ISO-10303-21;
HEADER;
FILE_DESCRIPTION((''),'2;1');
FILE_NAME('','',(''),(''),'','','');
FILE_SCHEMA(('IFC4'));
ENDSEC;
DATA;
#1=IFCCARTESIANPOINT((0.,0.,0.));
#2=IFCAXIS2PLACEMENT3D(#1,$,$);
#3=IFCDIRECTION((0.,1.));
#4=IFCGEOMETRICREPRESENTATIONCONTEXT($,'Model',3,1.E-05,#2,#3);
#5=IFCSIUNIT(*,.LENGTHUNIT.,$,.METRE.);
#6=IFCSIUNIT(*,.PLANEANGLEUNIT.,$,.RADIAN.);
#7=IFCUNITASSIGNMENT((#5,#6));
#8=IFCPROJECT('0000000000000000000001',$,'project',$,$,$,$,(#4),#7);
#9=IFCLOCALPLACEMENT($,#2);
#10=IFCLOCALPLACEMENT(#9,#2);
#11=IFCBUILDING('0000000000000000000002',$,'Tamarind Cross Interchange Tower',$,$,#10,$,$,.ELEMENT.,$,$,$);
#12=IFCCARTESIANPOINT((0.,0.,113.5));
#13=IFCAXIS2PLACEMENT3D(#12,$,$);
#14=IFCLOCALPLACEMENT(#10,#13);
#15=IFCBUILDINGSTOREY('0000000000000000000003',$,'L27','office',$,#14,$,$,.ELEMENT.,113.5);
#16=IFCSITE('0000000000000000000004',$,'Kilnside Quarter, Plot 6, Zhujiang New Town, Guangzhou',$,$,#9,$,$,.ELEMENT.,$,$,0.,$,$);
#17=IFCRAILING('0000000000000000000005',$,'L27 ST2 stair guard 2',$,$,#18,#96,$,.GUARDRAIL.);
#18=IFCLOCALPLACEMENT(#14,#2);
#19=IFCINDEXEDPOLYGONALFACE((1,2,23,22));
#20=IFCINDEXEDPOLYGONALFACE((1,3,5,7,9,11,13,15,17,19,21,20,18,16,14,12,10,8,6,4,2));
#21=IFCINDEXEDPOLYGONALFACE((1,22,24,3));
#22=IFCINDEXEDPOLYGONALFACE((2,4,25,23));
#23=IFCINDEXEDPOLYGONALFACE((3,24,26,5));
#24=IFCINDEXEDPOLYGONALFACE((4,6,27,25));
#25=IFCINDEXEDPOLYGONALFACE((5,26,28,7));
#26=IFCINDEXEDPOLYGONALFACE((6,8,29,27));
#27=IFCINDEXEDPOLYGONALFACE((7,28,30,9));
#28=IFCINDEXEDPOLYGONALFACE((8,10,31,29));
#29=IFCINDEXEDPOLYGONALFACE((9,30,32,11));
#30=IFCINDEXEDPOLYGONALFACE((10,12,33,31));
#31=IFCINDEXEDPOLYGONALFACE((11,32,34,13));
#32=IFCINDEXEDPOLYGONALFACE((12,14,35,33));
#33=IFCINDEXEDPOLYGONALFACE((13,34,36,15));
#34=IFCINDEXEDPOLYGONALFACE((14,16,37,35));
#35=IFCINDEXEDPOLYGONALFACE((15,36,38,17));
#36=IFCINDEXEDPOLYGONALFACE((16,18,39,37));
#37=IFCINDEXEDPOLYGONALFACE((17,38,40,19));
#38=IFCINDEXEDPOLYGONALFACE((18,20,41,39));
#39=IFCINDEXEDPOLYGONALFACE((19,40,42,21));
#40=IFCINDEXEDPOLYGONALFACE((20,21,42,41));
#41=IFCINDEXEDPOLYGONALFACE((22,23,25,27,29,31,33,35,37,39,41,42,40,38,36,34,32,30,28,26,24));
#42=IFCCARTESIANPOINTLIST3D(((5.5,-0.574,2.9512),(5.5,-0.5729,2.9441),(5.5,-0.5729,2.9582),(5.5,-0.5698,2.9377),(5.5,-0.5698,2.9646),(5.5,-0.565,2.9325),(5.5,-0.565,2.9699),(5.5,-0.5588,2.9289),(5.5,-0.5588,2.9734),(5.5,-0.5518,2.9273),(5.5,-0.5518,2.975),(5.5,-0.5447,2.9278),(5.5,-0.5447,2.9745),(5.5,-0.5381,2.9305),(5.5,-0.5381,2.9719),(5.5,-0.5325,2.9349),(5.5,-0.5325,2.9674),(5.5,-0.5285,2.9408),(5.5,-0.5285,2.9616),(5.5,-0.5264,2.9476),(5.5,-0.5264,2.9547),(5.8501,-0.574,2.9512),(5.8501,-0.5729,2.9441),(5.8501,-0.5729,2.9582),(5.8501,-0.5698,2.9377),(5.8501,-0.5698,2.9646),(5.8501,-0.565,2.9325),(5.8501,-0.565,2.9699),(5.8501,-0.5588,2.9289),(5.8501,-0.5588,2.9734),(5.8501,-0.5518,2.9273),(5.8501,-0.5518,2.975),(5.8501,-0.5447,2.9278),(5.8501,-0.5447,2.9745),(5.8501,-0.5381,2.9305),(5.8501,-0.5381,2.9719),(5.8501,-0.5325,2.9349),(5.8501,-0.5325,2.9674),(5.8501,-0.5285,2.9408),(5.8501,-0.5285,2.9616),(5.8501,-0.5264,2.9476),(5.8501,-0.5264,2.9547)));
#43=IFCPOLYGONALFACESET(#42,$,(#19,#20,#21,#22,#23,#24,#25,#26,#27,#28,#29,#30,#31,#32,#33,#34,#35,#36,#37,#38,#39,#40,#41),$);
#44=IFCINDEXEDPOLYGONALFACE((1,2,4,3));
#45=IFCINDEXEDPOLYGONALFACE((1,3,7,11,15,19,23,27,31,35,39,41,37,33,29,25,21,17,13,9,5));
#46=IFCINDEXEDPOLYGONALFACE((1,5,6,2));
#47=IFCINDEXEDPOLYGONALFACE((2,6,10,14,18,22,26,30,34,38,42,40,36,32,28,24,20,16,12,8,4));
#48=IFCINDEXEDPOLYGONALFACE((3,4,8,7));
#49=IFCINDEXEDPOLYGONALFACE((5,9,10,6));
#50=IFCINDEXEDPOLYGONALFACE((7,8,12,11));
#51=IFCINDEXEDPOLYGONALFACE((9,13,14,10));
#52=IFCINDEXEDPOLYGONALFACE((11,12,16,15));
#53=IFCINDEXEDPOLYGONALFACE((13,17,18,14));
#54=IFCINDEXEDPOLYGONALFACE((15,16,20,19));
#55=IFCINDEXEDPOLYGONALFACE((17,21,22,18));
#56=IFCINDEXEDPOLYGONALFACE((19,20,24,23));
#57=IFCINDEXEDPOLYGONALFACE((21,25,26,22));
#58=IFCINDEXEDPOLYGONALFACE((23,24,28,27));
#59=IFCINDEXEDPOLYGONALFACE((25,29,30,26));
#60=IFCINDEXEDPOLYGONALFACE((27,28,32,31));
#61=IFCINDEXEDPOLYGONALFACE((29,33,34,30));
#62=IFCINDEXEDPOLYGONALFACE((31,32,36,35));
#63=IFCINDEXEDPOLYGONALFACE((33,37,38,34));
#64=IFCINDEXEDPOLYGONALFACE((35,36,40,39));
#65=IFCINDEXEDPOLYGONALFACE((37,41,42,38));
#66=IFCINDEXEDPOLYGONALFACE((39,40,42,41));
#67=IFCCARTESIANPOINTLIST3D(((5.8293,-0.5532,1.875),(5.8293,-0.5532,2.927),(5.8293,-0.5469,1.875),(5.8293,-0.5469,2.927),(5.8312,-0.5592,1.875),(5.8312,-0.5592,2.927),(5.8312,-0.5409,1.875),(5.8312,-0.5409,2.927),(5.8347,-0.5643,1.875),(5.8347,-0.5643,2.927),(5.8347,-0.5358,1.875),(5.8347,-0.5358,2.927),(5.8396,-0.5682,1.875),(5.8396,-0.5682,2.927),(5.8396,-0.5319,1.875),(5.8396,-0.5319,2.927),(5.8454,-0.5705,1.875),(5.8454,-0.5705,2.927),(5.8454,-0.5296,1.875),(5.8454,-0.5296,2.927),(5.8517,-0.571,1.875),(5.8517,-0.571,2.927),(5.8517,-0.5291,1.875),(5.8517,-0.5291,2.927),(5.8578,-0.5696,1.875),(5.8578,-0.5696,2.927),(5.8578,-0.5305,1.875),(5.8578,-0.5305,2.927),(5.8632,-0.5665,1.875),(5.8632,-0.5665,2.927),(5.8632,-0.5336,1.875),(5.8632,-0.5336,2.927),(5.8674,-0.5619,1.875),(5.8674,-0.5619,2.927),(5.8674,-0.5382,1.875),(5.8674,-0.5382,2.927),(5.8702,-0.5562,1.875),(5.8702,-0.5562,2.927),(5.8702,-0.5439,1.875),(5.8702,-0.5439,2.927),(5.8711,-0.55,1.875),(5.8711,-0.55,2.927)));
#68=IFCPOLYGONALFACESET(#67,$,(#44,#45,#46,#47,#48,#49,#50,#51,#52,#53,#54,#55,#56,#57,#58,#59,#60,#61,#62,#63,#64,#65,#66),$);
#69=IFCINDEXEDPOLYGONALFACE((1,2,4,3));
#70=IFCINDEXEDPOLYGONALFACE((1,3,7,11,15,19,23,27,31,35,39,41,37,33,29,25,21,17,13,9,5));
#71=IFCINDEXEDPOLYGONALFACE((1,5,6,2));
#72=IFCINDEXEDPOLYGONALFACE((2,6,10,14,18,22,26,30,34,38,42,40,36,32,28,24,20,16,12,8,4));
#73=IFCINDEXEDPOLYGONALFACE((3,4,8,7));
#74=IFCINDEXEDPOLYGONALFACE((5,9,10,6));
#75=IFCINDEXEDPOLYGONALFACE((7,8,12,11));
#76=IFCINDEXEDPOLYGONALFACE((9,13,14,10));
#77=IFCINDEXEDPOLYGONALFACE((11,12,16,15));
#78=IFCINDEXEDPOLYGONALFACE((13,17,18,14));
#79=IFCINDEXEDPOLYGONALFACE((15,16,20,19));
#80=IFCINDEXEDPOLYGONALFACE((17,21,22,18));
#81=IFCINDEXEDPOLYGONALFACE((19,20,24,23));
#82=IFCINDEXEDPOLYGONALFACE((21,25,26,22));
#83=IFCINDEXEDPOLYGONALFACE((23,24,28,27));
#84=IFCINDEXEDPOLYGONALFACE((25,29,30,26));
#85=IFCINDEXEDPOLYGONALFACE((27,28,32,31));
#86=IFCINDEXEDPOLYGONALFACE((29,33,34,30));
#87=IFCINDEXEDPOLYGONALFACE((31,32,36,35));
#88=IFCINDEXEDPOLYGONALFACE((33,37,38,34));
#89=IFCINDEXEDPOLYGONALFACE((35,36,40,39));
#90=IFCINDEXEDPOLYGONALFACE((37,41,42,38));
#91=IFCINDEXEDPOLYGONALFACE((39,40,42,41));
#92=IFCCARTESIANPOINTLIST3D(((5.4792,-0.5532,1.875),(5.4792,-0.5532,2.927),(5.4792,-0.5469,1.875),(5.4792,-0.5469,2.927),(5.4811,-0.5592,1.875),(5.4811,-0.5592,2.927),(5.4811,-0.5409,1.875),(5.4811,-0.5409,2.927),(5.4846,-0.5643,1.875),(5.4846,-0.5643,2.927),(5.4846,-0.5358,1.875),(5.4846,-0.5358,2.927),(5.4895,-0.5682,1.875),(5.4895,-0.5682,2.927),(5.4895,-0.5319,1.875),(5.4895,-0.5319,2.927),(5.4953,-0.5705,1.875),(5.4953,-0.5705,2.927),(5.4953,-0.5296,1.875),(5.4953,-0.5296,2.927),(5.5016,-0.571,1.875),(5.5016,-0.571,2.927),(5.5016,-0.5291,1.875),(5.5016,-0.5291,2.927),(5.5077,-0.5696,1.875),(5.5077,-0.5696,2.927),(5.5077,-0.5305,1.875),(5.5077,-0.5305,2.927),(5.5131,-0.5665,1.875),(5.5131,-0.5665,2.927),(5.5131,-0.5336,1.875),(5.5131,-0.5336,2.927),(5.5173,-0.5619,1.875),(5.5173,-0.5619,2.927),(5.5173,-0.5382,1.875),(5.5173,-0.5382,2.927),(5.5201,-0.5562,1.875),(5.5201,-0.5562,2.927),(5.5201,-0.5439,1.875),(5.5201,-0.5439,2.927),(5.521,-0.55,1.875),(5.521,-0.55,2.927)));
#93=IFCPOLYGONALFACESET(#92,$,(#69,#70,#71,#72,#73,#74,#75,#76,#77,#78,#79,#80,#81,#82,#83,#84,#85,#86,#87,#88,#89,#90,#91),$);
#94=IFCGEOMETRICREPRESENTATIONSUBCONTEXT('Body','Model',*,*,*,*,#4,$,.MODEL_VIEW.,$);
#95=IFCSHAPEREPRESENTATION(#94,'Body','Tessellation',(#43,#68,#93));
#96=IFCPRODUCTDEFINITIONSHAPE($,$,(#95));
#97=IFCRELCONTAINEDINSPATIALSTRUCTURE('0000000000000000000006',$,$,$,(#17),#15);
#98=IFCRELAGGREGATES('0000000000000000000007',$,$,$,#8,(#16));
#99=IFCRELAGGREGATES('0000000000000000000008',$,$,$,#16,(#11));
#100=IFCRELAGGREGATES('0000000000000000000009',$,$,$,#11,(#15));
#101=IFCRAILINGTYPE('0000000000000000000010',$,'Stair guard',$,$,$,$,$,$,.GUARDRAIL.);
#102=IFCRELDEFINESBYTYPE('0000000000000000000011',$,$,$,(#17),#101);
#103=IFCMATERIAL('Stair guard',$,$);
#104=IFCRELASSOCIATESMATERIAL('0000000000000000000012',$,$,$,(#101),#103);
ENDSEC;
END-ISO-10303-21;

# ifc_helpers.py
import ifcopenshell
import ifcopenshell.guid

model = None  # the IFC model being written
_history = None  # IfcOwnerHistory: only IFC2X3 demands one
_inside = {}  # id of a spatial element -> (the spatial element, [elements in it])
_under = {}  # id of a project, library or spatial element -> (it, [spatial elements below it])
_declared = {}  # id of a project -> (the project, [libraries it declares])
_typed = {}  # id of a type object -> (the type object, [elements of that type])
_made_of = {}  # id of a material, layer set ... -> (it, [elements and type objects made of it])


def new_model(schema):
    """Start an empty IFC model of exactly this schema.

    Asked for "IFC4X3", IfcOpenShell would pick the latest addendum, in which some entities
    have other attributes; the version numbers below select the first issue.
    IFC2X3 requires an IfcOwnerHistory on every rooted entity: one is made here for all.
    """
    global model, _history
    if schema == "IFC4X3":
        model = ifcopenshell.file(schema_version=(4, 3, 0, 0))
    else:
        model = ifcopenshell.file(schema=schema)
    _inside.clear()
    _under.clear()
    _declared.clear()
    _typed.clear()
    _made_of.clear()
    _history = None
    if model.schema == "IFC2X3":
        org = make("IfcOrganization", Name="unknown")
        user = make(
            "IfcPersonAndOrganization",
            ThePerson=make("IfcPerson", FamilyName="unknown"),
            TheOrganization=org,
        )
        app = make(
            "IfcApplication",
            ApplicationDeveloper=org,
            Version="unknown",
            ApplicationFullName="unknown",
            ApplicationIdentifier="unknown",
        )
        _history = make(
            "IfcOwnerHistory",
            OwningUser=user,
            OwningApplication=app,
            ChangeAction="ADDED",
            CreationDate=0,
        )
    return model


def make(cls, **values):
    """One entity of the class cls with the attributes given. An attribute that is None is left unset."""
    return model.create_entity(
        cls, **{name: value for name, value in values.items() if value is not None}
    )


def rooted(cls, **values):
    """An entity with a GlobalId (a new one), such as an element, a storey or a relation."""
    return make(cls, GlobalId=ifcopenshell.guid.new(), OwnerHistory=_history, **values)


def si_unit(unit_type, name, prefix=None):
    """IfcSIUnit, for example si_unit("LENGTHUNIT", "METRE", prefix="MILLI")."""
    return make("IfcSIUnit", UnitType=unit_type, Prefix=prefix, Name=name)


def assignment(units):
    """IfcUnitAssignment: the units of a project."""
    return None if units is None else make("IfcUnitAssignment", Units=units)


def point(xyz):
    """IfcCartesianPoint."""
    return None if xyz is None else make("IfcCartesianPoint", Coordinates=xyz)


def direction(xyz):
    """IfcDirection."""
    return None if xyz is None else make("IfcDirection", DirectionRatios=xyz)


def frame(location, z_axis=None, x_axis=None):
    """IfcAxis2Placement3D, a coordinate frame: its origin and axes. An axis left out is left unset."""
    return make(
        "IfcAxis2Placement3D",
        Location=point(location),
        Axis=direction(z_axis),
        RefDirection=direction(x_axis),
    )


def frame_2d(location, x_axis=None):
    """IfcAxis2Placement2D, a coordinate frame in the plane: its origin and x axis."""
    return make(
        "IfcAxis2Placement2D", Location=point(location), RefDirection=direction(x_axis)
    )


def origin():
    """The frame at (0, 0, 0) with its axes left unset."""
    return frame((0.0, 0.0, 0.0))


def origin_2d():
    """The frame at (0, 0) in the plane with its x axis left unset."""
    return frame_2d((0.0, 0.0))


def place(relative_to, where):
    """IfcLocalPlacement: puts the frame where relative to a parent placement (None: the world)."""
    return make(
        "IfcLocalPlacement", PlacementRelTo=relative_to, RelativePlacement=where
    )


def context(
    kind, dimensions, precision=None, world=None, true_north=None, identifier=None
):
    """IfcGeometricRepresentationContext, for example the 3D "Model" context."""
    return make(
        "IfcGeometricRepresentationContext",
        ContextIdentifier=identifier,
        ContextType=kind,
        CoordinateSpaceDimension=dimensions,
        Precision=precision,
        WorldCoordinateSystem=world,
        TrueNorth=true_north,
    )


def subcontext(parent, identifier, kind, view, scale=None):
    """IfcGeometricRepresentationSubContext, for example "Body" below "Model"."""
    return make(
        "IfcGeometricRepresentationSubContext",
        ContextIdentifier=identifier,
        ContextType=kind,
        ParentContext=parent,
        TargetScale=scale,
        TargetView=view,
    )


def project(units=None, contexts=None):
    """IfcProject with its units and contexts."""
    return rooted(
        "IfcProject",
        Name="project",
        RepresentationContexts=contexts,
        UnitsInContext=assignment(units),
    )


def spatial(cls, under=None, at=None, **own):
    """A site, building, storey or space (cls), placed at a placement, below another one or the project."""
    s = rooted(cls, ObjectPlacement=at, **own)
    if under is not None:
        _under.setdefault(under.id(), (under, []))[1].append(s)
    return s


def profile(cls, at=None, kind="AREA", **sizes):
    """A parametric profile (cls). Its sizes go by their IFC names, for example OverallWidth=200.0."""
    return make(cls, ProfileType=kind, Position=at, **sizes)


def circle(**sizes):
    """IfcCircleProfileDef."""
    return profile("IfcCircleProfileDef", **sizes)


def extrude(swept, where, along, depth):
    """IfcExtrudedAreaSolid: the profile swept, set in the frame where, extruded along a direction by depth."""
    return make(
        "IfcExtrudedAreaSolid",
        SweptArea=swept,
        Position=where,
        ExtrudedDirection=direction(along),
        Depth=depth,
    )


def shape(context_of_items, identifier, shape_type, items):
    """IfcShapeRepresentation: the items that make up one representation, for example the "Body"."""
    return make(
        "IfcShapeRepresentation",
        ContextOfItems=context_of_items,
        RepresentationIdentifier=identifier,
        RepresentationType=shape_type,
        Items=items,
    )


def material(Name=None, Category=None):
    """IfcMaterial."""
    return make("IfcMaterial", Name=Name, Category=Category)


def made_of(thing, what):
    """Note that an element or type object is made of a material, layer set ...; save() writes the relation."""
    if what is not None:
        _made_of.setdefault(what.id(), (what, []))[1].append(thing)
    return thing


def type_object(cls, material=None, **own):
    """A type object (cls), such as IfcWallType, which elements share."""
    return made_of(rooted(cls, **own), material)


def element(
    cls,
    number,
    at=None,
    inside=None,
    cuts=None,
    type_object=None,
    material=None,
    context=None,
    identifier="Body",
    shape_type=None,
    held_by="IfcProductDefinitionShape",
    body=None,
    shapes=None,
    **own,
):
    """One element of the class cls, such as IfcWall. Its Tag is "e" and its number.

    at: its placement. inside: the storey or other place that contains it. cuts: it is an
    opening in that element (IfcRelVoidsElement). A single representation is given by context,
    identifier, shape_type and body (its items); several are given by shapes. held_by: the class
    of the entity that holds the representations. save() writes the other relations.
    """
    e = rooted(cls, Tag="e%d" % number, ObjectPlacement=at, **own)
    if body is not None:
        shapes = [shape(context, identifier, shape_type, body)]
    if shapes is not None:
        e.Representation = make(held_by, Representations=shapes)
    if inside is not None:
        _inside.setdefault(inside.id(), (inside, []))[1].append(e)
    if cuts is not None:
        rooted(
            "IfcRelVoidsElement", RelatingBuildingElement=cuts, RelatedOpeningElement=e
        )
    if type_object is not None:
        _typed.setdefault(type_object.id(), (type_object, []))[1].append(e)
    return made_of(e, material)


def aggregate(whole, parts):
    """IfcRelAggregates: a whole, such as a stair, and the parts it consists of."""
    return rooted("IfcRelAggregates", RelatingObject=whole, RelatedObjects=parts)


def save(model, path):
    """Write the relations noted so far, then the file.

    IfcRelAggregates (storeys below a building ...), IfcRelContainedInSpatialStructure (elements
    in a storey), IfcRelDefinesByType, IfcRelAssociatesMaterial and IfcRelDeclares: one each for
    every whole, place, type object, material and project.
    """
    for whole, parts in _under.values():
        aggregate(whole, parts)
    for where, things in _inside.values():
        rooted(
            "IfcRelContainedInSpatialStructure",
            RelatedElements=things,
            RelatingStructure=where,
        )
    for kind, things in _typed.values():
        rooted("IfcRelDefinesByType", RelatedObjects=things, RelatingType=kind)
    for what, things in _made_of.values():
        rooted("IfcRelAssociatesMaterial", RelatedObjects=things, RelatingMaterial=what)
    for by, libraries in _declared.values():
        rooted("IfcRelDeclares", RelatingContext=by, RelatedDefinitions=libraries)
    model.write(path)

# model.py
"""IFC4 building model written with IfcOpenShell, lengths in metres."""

from ifc_helpers import new_model, si_unit, direction, frame, origin, origin_2d, place, context, subcontext, project, spatial, circle, extrude, material, type_object, element, save


model = new_model("IFC4")

# Units and contexts
model_context = context("Model", 3, precision=1e-05, world=origin(), true_north=direction((0.0, 1.0)))
body_context = subcontext(model_context, "Body", "Model", "MODEL_VIEW")
ifc_project = project(units=[si_unit("LENGTHUNIT", "METRE"), si_unit("PLANEANGLEUNIT", "RADIAN")], contexts=[model_context])

# Site, building, storey
site_placement = place(None, origin())
site = spatial("IfcSite", under=ifc_project, at=site_placement, Name="Kilnside Quarter, Plot 6, Zhujiang New Town, Guangzhou", CompositionType="ELEMENT", RefElevation=0.0)
building_placement = place(site_placement, origin())
building = spatial("IfcBuilding", under=site, at=building_placement, Name="Tamarind Cross Interchange Tower", CompositionType="ELEMENT")
storey_placement = place(building_placement, frame((0.0, 0.0, 113.5)))
storey = spatial("IfcBuildingStorey", under=building, at=storey_placement, Name="L27", Description="office", CompositionType="ELEMENT", Elevation=113.5)

# Railing
ifc_material_1 = material(Name="Stair guard")
railing_type_1 = type_object("IfcRailingType", Name="Stair guard", PredefinedType="GUARDRAIL", material=ifc_material_1)
railing_1_placement = place(storey_placement, frame((5.8501, -0.55, 1.875)))
element("IfcRailing", 1, at=railing_1_placement, inside=storey, type_object=railing_type_1, Name="L27 ST2 stair guard 2", PredefinedType="GUARDRAIL", context=body_context, shape_type="SweptSolid", body=[
    extrude(circle(Radius=0.0239, at=origin_2d()), frame((0.0, 0.0, 1.0762), z_axis=(-1.0, 0.0, 0.0), x_axis=(0.0, -1.0, 0.0)), (0.0, 0.0, 1.0), 0.3501),
    extrude(circle(Radius=0.021, at=origin_2d()), origin(), (0.0, 0.0, 1.0), 1.052),
    extrude(circle(Radius=0.021, at=origin_2d()), frame((-0.3501, 0.0, 0.0)), (0.0, 0.0, 1.0), 1.052),
])

save(model, "model.ifc")
